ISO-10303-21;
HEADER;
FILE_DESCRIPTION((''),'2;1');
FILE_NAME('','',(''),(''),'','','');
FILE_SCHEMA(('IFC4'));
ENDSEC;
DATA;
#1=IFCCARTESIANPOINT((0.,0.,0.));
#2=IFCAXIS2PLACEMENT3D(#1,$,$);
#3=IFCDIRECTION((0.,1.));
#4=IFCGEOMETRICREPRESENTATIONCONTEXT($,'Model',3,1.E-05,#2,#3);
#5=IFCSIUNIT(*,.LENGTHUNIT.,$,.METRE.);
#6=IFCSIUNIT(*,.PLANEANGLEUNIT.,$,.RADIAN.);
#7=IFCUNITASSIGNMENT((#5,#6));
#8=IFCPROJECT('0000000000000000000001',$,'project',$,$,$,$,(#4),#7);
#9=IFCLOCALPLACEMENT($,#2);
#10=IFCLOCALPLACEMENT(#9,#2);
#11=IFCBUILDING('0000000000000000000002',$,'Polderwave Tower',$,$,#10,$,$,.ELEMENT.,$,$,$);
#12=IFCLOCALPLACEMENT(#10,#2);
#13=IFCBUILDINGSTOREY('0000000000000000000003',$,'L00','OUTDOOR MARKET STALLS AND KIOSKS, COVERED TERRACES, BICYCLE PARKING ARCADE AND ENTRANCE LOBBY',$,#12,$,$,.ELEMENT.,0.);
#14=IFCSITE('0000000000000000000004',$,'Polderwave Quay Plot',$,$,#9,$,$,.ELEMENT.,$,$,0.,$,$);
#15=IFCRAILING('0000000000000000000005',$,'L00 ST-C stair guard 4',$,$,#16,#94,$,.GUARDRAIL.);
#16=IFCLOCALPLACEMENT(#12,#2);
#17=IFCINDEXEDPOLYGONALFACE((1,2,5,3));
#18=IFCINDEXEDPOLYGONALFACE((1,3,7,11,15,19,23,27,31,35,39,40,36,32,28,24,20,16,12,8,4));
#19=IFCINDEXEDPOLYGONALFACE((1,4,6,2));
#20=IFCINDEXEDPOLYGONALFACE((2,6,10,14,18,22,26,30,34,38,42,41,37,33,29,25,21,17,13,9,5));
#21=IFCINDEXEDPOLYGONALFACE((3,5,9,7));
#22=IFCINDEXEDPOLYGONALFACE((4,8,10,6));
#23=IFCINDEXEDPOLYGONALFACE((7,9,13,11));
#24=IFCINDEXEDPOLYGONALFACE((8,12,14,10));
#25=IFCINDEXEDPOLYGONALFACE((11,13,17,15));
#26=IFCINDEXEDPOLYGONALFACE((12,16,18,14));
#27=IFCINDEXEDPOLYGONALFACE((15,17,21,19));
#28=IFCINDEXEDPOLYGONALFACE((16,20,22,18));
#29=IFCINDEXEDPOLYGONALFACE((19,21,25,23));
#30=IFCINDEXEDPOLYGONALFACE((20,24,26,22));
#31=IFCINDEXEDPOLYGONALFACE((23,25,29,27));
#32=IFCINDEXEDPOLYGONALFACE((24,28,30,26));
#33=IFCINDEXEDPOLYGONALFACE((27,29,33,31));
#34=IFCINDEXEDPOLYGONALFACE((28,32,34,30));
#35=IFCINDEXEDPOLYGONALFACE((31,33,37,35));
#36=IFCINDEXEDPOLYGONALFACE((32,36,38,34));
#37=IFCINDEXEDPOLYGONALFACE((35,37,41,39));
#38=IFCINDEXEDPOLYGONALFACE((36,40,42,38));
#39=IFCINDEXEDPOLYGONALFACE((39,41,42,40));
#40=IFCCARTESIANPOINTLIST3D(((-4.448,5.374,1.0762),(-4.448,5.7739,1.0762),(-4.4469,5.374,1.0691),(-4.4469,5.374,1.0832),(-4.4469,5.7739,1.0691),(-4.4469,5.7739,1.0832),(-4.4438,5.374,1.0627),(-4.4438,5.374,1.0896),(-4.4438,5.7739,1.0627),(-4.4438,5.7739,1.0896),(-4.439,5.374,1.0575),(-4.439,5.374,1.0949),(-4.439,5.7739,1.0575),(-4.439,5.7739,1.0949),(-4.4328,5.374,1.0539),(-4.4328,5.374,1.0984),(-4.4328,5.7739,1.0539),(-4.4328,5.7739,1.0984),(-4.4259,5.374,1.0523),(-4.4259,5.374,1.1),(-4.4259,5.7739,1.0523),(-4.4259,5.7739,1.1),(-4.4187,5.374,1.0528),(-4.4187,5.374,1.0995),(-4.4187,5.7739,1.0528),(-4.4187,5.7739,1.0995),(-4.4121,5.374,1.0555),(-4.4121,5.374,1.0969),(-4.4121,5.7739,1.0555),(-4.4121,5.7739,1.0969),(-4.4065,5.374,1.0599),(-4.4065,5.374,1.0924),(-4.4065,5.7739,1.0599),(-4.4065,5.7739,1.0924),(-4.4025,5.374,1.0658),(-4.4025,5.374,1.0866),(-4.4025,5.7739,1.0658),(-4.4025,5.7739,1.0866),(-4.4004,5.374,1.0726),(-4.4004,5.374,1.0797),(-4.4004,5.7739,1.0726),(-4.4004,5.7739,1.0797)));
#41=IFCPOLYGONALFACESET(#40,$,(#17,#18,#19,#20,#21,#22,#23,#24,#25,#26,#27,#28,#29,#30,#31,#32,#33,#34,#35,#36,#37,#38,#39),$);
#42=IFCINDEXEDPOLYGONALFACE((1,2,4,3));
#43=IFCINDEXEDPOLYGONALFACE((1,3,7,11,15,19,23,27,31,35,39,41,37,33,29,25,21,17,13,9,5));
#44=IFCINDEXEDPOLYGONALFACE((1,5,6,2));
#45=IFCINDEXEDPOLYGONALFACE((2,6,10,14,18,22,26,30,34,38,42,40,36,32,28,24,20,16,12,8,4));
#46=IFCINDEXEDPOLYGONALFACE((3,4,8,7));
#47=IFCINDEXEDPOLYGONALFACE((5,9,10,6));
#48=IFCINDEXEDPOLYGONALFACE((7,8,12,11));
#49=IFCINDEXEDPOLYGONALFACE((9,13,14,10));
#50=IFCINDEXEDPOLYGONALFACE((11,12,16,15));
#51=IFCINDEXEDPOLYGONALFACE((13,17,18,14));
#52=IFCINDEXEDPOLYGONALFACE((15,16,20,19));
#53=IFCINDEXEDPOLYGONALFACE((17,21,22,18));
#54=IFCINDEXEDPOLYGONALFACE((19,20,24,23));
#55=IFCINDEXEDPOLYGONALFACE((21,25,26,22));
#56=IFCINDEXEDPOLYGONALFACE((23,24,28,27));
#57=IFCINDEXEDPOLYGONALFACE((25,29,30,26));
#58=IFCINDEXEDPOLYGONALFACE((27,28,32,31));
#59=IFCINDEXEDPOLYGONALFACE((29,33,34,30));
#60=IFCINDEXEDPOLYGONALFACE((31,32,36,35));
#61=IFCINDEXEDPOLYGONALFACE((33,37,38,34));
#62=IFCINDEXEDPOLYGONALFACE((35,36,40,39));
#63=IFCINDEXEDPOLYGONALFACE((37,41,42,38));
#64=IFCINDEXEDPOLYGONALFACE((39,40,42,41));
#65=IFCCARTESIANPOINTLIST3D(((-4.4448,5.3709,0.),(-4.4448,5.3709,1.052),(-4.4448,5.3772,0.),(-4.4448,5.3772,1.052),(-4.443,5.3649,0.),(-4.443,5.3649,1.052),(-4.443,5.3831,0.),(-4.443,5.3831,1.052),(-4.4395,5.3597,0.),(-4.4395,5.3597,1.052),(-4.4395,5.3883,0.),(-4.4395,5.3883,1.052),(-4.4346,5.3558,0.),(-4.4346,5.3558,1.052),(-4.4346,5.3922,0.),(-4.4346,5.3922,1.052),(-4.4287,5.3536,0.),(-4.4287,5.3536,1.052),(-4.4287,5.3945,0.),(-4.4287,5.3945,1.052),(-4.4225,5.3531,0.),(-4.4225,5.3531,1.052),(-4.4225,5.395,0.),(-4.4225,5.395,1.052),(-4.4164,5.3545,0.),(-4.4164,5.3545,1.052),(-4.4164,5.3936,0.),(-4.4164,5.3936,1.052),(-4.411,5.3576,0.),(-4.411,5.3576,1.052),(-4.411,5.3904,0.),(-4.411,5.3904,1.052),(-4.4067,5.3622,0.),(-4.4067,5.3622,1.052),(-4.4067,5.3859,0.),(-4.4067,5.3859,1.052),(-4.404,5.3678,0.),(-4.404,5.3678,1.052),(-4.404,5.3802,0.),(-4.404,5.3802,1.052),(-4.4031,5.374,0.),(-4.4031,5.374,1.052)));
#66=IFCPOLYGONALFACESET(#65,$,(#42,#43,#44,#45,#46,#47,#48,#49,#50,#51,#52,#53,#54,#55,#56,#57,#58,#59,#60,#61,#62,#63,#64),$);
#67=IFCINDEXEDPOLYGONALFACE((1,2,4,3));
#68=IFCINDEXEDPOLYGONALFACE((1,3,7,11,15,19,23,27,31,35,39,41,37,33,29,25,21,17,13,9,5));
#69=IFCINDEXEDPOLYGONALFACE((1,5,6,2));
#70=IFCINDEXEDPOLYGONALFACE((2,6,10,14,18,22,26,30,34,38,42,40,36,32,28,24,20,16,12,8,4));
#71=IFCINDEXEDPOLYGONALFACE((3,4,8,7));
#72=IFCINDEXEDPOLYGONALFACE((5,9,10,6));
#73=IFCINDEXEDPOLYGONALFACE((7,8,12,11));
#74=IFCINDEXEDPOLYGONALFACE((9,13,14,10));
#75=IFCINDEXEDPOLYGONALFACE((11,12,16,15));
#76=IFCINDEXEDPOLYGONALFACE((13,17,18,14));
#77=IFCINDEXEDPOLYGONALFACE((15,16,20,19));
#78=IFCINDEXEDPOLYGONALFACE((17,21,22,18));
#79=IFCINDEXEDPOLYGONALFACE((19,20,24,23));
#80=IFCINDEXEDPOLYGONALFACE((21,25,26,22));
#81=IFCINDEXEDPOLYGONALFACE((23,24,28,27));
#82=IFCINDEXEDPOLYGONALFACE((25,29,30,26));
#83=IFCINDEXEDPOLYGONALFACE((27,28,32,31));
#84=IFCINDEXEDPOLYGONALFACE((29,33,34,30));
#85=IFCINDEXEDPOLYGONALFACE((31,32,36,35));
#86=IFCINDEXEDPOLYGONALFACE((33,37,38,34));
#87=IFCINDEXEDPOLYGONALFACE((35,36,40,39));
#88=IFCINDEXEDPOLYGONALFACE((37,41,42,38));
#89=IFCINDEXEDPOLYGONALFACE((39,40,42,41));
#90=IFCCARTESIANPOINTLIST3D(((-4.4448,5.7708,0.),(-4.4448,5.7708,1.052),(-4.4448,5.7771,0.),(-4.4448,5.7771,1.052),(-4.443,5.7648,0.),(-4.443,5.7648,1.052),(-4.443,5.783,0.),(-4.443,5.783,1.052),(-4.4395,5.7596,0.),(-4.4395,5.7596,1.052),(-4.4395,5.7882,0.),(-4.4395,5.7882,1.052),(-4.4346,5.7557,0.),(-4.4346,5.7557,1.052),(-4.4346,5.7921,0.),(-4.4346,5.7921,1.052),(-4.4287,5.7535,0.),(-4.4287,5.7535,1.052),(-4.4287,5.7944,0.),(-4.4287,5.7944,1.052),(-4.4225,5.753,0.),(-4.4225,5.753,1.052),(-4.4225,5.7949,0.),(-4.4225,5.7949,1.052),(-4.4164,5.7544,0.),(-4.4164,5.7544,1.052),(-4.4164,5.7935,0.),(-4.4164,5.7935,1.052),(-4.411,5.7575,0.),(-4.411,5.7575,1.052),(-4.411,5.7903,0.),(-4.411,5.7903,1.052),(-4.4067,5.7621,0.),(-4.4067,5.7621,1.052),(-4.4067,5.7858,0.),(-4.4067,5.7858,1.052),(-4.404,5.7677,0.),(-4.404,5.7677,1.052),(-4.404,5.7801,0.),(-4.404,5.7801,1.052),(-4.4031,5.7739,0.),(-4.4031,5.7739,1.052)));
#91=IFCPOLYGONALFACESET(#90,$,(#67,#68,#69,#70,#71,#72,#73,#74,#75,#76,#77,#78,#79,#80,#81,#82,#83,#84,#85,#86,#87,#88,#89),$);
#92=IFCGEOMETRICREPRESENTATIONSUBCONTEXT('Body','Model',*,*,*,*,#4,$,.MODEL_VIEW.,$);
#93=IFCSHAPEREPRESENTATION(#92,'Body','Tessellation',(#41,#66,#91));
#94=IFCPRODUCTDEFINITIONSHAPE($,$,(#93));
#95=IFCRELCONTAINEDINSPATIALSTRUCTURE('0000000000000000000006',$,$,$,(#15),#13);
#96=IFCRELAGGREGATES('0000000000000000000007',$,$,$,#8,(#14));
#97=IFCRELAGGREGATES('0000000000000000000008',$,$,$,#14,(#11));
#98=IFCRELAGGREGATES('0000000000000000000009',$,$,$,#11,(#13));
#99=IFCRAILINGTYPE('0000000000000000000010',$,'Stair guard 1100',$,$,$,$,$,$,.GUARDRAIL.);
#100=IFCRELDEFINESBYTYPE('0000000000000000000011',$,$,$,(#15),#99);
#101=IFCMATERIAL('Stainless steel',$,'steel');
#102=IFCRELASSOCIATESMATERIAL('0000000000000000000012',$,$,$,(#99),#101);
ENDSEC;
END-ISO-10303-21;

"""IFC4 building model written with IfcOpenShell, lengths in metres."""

from ifc_helpers import new_model, si_unit, direction, frame, origin, origin_2d, place, context, subcontext, project, spatial, circle, extrude, material, type_object, element, save


model = new_model("IFC4")

# Units and contexts
model_context = context("Model", 3, precision=1e-05, world=origin(), true_north=direction((0.0, 1.0)))
body_context = subcontext(model_context, "Body", "Model", "MODEL_VIEW")
ifc_project = project(units=[si_unit("LENGTHUNIT", "METRE"), si_unit("PLANEANGLEUNIT", "RADIAN")], contexts=[model_context])

# Site, building, storey
site_placement = place(None, origin())
site = spatial("IfcSite", under=ifc_project, at=site_placement, Name="Polderwave Quay Plot", CompositionType="ELEMENT", RefElevation=0.0)
building_placement = place(site_placement, origin())
building = spatial("IfcBuilding", under=site, at=building_placement, Name="Polderwave Tower", CompositionType="ELEMENT")
storey_placement = place(building_placement, origin())
storey = spatial("IfcBuildingStorey", under=building, at=storey_placement, Name="L00", Description="OUTDOOR MARKET STALLS AND KIOSKS, COVERED TERRACES, BICYCLE PARKING ARCADE AND ENTRANCE LOBBY", CompositionType="ELEMENT", Elevation=0.0)

# Railing
ifc_material_1 = material(Name="Stainless steel", Category="steel")
railing_type_1 = type_object("IfcRailingType", Name="Stair guard 1100", PredefinedType="GUARDRAIL", material=ifc_material_1)
railing_1_placement = place(storey_placement, frame((-4.4241, 5.374, 0.0)))
element("IfcRailing", 1, at=railing_1_placement, inside=storey, type_object=railing_type_1, Name="L00 ST-C stair guard 4", PredefinedType="GUARDRAIL", context=body_context, shape_type="SweptSolid", body=[
    extrude(circle(Radius=0.0239, at=origin_2d()), frame((0.0, 0.0, 1.0762), z_axis=(0.0, 1.0, 0.0), x_axis=(-1.0, 0.0, 0.0)), (0.0, 0.0, 1.0), 0.3999),
    extrude(circle(Radius=0.021, at=origin_2d()), origin(), (0.0, 0.0, 1.0), 1.052),
    extrude(circle(Radius=0.021, at=origin_2d()), frame((0.0, 0.3999, 0.0)), (0.0, 0.0, 1.0), 1.052),
])

save(model, "model.ifc")
